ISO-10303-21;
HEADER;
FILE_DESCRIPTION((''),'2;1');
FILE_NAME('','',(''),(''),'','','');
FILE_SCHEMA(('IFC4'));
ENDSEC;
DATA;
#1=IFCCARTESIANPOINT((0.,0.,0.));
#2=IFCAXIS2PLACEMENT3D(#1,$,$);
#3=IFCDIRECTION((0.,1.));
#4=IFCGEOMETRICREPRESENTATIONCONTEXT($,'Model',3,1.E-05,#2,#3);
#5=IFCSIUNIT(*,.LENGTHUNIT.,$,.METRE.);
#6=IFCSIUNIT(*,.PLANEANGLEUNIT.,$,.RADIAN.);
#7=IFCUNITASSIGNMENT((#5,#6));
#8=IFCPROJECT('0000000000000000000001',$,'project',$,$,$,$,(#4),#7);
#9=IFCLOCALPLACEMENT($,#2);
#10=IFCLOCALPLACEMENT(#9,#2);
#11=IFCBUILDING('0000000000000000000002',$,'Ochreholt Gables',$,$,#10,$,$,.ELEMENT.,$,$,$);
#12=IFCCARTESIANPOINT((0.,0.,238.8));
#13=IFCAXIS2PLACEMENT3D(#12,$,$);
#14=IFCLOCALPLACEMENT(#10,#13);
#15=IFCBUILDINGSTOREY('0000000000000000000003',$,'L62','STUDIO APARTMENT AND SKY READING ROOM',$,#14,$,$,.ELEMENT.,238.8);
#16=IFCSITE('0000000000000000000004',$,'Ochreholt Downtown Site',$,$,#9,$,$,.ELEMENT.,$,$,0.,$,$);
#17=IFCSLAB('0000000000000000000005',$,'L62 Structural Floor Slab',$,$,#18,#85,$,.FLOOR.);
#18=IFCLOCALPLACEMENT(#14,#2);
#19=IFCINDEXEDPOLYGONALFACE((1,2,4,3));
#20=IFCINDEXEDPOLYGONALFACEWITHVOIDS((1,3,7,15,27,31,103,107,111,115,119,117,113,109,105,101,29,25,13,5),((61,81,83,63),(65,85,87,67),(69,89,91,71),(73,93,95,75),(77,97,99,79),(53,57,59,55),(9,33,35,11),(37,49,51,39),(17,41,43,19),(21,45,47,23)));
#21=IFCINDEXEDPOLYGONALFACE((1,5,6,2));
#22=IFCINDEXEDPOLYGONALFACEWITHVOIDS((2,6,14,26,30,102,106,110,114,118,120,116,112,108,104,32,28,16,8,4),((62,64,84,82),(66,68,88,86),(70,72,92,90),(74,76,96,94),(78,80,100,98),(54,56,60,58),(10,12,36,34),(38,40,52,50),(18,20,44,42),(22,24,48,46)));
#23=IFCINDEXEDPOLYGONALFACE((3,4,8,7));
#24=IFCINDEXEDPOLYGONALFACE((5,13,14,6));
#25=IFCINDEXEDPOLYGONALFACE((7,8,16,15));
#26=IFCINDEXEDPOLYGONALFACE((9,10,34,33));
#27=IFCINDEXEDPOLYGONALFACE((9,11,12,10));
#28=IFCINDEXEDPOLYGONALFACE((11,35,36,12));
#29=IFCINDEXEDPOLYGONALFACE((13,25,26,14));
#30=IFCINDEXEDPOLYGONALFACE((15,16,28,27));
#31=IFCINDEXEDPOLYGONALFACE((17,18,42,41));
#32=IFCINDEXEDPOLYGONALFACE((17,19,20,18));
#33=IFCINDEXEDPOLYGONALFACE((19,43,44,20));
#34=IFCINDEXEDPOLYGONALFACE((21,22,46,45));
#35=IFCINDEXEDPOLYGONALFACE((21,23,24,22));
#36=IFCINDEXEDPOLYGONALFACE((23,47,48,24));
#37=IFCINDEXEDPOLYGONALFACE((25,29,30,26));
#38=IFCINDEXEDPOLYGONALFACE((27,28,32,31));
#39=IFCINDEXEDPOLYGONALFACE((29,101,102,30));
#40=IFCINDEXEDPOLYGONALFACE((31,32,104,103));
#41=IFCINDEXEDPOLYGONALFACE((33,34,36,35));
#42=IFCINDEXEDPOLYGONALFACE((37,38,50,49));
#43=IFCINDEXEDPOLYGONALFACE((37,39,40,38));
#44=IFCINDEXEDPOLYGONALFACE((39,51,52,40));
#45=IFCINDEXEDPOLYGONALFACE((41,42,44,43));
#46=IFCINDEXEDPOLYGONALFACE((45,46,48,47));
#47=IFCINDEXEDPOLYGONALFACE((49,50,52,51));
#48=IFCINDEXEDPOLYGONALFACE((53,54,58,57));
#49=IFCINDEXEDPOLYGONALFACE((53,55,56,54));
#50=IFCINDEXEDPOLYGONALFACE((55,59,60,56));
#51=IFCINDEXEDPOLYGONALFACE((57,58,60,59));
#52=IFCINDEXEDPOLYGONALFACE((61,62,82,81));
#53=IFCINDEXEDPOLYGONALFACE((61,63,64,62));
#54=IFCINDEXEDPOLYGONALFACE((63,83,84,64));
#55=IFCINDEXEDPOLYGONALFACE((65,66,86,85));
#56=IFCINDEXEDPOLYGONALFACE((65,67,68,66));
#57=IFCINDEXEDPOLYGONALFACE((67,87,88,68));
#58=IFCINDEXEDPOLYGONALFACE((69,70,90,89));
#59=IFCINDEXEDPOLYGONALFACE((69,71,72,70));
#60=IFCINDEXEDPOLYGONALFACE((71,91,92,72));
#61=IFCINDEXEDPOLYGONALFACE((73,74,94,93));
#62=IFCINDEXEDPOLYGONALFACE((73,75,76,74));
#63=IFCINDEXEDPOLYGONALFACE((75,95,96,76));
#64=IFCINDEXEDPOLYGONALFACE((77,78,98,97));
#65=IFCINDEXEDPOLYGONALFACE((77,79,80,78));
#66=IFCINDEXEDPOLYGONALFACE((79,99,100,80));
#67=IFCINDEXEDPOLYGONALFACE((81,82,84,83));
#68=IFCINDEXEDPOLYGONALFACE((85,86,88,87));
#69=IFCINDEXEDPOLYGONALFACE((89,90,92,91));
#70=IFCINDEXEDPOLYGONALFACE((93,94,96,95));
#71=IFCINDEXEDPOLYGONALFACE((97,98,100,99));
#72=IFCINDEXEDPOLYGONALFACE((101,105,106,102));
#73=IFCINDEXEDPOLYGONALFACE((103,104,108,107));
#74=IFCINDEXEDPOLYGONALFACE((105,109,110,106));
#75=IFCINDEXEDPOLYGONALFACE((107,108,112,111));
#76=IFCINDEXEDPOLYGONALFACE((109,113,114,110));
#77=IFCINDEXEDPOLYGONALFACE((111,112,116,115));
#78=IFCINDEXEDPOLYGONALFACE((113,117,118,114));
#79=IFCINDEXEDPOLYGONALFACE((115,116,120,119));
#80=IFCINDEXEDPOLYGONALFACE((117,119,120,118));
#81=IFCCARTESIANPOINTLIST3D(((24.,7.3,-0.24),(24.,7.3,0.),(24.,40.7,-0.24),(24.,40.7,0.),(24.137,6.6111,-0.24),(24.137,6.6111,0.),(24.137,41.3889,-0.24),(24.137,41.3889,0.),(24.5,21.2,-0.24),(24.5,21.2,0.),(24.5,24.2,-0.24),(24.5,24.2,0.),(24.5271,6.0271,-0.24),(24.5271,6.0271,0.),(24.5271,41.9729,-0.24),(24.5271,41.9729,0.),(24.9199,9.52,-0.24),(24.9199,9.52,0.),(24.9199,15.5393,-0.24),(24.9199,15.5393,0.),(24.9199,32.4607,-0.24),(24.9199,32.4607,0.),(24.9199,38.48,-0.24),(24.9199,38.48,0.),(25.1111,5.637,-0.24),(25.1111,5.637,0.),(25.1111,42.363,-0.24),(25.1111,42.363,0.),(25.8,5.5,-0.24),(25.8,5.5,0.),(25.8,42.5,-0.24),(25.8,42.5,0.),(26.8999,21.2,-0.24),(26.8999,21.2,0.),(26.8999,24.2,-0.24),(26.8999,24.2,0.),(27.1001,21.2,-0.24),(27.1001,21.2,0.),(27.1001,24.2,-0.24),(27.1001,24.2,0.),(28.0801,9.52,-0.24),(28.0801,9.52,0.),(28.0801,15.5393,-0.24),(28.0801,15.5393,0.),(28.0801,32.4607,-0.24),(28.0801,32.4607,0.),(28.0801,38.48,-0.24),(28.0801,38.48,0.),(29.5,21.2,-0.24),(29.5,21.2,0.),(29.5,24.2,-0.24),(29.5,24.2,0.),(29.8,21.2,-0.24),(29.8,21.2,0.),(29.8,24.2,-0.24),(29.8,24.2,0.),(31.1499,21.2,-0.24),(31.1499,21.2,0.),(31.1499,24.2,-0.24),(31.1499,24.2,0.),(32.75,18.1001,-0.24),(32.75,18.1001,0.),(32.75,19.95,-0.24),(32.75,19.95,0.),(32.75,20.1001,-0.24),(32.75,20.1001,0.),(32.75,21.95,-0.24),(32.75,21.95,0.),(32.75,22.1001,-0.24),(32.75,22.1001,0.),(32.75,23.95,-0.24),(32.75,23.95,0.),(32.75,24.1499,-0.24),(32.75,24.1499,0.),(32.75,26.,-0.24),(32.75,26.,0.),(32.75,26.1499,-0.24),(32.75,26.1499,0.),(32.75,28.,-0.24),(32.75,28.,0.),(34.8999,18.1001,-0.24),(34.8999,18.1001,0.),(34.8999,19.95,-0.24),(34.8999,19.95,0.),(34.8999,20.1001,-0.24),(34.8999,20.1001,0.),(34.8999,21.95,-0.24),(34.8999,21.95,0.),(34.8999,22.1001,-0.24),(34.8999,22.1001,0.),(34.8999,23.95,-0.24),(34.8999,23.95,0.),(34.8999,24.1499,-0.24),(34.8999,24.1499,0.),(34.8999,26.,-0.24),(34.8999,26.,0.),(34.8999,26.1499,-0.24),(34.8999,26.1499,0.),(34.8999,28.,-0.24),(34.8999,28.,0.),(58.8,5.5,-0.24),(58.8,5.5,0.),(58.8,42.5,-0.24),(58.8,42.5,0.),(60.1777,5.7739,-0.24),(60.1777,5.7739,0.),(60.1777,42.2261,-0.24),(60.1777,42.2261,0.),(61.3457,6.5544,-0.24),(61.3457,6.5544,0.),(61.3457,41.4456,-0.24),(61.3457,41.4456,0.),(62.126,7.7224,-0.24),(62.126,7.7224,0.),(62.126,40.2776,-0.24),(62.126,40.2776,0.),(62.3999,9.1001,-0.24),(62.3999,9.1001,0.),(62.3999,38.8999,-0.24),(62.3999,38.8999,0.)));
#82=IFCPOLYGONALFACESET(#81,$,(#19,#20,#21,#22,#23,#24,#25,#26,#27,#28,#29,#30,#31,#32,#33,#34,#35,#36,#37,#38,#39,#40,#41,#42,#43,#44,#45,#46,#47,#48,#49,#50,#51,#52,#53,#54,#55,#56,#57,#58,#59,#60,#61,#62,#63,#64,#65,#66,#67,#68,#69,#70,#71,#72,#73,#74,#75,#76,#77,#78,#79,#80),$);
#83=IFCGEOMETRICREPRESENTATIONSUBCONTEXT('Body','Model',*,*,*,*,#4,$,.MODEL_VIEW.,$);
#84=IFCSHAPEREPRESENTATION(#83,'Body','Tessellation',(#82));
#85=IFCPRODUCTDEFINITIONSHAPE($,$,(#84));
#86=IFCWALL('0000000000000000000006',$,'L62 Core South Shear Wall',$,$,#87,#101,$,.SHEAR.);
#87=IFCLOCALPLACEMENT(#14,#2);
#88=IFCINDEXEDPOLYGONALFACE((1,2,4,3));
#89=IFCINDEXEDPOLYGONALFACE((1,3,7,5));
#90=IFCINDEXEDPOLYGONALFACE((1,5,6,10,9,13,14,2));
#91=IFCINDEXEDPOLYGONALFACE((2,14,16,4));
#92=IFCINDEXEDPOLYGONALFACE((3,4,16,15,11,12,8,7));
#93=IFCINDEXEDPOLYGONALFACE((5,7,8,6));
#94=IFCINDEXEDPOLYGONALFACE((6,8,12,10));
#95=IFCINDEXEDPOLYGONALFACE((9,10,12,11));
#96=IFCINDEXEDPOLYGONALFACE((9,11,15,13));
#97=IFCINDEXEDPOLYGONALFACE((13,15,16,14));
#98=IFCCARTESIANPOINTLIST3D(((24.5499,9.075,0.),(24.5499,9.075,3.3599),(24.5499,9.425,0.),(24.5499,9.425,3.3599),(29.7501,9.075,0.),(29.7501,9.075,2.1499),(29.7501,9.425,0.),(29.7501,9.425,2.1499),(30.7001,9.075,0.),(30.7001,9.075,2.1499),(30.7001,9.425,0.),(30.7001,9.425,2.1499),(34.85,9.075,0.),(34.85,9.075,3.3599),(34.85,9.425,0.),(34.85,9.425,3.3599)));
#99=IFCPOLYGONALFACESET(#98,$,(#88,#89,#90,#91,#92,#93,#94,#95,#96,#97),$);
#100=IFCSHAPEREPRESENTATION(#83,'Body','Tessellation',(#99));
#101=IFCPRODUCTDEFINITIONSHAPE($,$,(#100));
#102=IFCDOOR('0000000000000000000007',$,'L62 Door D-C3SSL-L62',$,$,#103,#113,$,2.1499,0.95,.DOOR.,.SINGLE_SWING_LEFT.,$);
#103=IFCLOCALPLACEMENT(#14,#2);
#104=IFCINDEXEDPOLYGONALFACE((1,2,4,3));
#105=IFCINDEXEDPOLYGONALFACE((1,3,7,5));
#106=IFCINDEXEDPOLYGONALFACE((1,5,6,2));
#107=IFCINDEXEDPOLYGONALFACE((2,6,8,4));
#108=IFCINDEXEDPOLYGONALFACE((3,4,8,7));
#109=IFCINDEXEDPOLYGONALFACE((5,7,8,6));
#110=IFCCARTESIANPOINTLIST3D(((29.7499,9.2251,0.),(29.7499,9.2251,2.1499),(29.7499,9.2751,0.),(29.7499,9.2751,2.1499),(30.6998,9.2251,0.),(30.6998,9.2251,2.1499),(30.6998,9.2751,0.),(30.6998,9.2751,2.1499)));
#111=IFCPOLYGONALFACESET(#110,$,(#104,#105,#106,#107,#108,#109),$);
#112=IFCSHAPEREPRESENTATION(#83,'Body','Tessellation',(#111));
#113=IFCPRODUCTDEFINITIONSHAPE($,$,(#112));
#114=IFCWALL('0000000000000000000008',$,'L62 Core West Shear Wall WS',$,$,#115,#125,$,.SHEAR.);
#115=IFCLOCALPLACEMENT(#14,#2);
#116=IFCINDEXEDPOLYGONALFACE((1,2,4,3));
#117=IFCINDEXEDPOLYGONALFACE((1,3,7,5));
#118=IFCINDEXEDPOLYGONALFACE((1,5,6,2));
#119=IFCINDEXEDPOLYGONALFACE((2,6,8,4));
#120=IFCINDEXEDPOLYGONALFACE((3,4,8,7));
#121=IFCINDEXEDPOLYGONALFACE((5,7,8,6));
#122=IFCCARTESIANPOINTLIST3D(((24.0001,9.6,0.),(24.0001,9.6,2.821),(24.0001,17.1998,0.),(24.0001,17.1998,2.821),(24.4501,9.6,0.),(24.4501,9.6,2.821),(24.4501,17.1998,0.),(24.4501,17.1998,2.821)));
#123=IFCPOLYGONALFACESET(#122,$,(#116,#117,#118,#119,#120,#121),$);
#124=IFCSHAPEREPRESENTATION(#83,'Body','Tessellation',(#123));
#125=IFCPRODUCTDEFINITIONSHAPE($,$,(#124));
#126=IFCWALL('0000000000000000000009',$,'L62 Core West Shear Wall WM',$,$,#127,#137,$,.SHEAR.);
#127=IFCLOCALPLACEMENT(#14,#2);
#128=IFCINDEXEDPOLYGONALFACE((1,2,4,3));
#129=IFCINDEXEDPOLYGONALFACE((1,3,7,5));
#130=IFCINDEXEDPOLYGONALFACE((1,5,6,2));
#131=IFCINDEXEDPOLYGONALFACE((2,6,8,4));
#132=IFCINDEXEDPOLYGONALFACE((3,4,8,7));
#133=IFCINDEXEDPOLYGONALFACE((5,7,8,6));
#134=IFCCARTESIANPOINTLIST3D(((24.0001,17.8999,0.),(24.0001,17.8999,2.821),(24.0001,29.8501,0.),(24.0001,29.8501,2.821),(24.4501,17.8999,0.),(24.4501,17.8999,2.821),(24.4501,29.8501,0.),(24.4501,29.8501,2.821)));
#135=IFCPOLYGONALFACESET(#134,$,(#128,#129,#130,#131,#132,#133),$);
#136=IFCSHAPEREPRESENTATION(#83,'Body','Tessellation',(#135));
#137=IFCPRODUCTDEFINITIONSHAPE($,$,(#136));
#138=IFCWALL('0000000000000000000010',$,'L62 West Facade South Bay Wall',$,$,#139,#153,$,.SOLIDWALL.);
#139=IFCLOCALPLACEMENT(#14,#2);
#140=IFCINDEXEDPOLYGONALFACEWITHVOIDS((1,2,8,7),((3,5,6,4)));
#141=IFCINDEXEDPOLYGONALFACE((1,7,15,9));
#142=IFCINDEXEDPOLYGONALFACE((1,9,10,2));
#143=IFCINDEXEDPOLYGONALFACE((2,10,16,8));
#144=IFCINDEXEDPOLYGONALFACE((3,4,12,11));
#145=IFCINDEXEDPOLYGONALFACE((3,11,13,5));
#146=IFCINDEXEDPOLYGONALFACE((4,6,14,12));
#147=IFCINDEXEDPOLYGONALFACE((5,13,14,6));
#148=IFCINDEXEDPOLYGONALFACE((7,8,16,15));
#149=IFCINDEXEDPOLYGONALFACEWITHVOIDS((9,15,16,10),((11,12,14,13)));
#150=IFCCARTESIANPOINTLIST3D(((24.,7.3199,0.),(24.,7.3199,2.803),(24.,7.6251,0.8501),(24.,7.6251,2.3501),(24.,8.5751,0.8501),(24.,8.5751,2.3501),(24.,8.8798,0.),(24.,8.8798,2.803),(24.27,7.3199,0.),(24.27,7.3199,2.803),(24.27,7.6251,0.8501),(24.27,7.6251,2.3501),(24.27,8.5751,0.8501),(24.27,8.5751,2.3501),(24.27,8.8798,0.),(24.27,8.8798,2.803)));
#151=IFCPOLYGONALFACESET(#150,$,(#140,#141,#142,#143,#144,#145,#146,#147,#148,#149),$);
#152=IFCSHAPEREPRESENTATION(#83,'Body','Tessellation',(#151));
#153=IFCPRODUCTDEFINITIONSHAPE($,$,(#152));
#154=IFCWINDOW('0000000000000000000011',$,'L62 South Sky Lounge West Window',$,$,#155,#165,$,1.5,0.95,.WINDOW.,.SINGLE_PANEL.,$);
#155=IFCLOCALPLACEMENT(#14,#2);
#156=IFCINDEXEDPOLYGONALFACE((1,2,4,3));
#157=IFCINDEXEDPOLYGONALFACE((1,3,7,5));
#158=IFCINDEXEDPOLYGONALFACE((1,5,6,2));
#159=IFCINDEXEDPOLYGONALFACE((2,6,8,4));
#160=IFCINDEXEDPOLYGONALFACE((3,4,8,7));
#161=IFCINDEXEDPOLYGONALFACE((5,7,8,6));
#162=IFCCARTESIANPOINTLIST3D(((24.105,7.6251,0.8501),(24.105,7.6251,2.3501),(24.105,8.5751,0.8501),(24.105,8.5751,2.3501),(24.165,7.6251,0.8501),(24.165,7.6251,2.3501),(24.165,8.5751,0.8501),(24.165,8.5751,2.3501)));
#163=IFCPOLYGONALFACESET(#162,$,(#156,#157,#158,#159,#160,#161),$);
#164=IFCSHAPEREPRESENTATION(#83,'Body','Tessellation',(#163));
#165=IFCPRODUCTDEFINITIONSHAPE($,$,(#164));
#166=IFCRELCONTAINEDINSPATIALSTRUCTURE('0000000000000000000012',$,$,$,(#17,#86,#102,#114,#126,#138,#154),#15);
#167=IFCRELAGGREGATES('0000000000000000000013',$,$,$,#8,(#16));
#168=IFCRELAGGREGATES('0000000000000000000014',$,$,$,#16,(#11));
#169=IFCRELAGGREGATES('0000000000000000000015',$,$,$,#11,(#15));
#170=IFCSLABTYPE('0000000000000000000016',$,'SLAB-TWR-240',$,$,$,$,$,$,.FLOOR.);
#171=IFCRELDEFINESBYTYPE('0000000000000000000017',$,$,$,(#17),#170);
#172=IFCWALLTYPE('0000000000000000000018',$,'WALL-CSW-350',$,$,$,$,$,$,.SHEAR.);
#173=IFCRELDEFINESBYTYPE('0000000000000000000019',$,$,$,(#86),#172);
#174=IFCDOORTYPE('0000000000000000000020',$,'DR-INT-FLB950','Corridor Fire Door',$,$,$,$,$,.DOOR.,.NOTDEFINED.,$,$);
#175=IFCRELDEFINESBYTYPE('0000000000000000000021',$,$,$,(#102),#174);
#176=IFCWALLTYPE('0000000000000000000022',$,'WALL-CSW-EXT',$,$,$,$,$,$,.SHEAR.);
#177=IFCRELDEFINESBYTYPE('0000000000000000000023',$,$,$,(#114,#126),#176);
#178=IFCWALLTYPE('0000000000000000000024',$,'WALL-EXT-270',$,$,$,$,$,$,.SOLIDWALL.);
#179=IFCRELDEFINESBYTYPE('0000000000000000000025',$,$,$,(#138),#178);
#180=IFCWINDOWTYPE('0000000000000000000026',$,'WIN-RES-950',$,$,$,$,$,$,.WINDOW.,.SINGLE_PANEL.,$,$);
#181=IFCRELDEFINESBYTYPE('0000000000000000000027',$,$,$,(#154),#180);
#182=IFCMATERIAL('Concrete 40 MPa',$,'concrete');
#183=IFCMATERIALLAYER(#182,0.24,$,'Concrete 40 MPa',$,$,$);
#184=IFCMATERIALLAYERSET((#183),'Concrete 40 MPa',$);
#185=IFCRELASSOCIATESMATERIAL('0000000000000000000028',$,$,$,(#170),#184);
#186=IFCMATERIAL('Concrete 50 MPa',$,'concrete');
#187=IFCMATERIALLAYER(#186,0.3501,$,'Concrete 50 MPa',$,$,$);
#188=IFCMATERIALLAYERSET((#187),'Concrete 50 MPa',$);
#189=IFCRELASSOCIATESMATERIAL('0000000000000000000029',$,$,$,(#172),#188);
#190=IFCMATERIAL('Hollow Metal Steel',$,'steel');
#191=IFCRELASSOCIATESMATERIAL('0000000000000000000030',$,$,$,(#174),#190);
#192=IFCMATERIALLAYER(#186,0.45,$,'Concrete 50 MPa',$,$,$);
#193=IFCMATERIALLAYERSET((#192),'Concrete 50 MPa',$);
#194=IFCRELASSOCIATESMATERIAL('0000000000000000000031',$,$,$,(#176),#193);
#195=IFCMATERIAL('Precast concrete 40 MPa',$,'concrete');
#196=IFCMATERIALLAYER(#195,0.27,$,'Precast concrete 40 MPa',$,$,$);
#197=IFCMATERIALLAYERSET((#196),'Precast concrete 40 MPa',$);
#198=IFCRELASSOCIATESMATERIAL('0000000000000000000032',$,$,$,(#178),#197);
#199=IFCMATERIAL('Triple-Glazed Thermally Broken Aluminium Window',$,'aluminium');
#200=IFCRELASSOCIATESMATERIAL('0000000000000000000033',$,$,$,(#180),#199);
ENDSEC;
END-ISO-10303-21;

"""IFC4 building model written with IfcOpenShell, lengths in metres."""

from ifc_helpers import new_model, si_unit, direction, frame, frame_2d, origin, place, context, subcontext, project, spatial, polyline, rectangle, outline, extrude, material, layer, layer_set, type_object, element, fill, save


model = new_model("IFC4")

# Units and contexts
model_context = context("Model", 3, precision=1e-05, world=origin(), true_north=direction((0.0, 1.0)))
body_context = subcontext(model_context, "Body", "Model", "MODEL_VIEW")
ifc_project = project(units=[si_unit("LENGTHUNIT", "METRE"), si_unit("PLANEANGLEUNIT", "RADIAN")], contexts=[model_context])

# Site, building, storey
site_placement = place(None, origin())
site = spatial("IfcSite", under=ifc_project, at=site_placement, Name="Ochreholt Downtown Site", CompositionType="ELEMENT", RefElevation=0.0)
building_placement = place(site_placement, origin())
building = spatial("IfcBuilding", under=site, at=building_placement, Name="Ochreholt Gables", CompositionType="ELEMENT")
storey_placement = place(building_placement, frame((0.0, 0.0, 238.8)))
storey = spatial("IfcBuildingStorey", under=building, at=storey_placement, Name="L62", Description="STUDIO APARTMENT AND SKY READING ROOM", CompositionType="ELEMENT", Elevation=238.8)

# Shared definitions
ifc_material_1 = material(Name="Concrete 50 MPa", Category="concrete")

# Shared definitions
ifc_material_2 = material(Name="Concrete 40 MPa", Category="concrete")

# Slab
ifc_layer_1 = layer(ifc_material_2, 0.24, Name="Concrete 40 MPa")
ifc_layer_set_1 = layer_set([ifc_layer_1], Name="Concrete 40 MPa")
slab_type_1 = type_object("IfcSlabType", Name="SLAB-TWR-240", PredefinedType="FLOOR", material=ifc_layer_set_1)
slab_1_placement = place(storey_placement, frame((0.0, 0.0, -0.24)))
element("IfcSlab", 1, at=slab_1_placement, inside=storey, type_object=slab_type_1, Name="L62 Structural Floor Slab", PredefinedType="FLOOR", context=body_context, shape_type="SweptSolid", body=[
    extrude(outline(polyline([(24.0, 7.3), (24.137, 6.6111), (24.5271, 6.0271), (25.1111, 5.637), (25.8, 5.5), (58.8, 5.5), (60.1777, 5.7739), (61.3457, 6.5544), (62.126, 7.7224), (62.3999, 9.1001), (62.3999, 38.8999), (62.126, 40.2776), (61.3457, 41.4456), (60.1777, 42.2261), (58.8, 42.5), (25.8, 42.5), (25.1111, 42.363), (24.5271, 41.9729), (24.137, 41.3889), (24.0, 40.7), (24.0, 7.3)]), holes=[polyline([(24.9199, 15.5393), (24.9199, 9.52), (28.0801, 9.52), (28.0801, 15.5393), (24.9199, 15.5393)]), polyline([(28.0801, 32.4607), (28.0801, 38.48), (24.9199, 38.48), (24.9199, 32.4607), (28.0801, 32.4607)]), polyline([(24.5, 21.2), (26.8999, 21.2), (26.8999, 24.2), (24.5, 24.2), (24.5, 21.2)]), polyline([(27.1001, 21.2), (29.5, 21.2), (29.5, 24.2), (27.1001, 24.2), (27.1001, 21.2)]), polyline([(32.75, 18.1001), (34.8999, 18.1001), (34.8999, 19.95), (32.75, 19.95), (32.75, 18.1001)]), polyline([(32.75, 20.1001), (34.8999, 20.1001), (34.8999, 21.95), (32.75, 21.95), (32.75, 20.1001)]), polyline([(32.75, 22.1001), (34.8999, 22.1001), (34.8999, 23.95), (32.75, 23.95), (32.75, 22.1001)]), polyline([(32.75, 24.1499), (34.8999, 24.1499), (34.8999, 26.0), (32.75, 26.0), (32.75, 24.1499)]), polyline([(32.75, 26.1499), (34.8999, 26.1499), (34.8999, 28.0), (32.75, 28.0), (32.75, 26.1499)]), polyline([(29.8, 21.2), (31.1499, 21.2), (31.1499, 24.2), (29.8, 24.2), (29.8, 21.2)])]), origin(), (0.0, 0.0, 1.0), 0.24),
])

# Wall, opening, door
ifc_layer_2 = layer(ifc_material_1, 0.3501, Name="Concrete 50 MPa")
ifc_layer_set_2 = layer_set([ifc_layer_2], Name="Concrete 50 MPa")
wall_type_1 = type_object("IfcWallType", Name="WALL-CSW-350", PredefinedType="SHEAR", material=ifc_layer_set_2)
wall_1_placement = place(storey_placement, frame((24.55, 9.25, 0.0), z_axis=(0.0, 0.0, 1.0), x_axis=(1.0, 0.0, 0.0)))
wall_1 = element("IfcWall", 2, at=wall_1_placement, inside=storey, type_object=wall_type_1, Name="L62 Core South Shear Wall", PredefinedType="SHEAR", context=body_context, shape_type="SweptSolid", body=[
    extrude(rectangle(XDim=10.3, YDim=0.3501, at=frame_2d((5.1499, 0.0))), origin(), (0.0, 0.0, 1.0), 3.3599),
])
opening_1_placement = place(wall_1_placement, frame((5.2, 0.0, 0.0)))
opening_1 = element("IfcOpeningElement", 3, at=opening_1_placement, cuts=wall_1, PredefinedType="OPENING", context=body_context, shape_type="SweptSolid", body=[
    extrude(rectangle(XDim=0.95, YDim=2.1499, at=frame_2d((0.4751, 1.075))), frame((0.0, 0.1851, 0.0), z_axis=(0.0, -1.0, 0.0), x_axis=(1.0, 0.0, 0.0)), (0.0, 0.0, 1.0), 0.3701),
])
ifc_material_3 = material(Name="Hollow Metal Steel", Category="steel")
door_type_1 = type_object("IfcDoorType", Name="DR-INT-FLB950", Description="Corridor Fire Door", OperationType="NOTDEFINED", PredefinedType="DOOR", material=ifc_material_3)
door_1_placement = place(opening_1_placement, frame((0.95, 0.0, 0.0), z_axis=(0.0, 0.0, 1.0), x_axis=(-1.0, 0.0, 0.0)))
door_1 = element("IfcDoor", 4, at=door_1_placement, inside=storey, type_object=door_type_1, Name="L62 Door D-C3SSL-L62", OperationType="SINGLE_SWING_LEFT", OverallHeight=2.1499, OverallWidth=0.95, PredefinedType="DOOR", context=body_context, shape_type="SweptSolid", body=[
    extrude(rectangle(XDim=0.95, YDim=2.1499, at=frame_2d((0.4751, 1.075))), frame((0.0, 0.0249, 0.0), z_axis=(0.0, -1.0, 0.0), x_axis=(1.0, 0.0, 0.0)), (0.0, 0.0, 1.0), 0.05),
])
fill(opening_1, door_1)

# Walls
ifc_layer_3 = layer(ifc_material_1, 0.45, Name="Concrete 50 MPa")
ifc_layer_set_3 = layer_set([ifc_layer_3], Name="Concrete 50 MPa")
wall_type_2 = type_object("IfcWallType", Name="WALL-CSW-EXT", PredefinedType="SHEAR", material=ifc_layer_set_3)
wall_2_placement = place(storey_placement, frame((24.2251, 9.6001, 0.0), z_axis=(0.0, 0.0, 1.0), x_axis=(0.0, 1.0, 0.0)))
element("IfcWall", 5, at=wall_2_placement, inside=storey, type_object=wall_type_2, Name="L62 Core West Shear Wall WS", PredefinedType="SHEAR", context=body_context, shape_type="SweptSolid", body=[
    extrude(rectangle(XDim=7.5999, YDim=0.45, at=frame_2d((3.7998, 0.0))), origin(), (0.0, 0.0, 1.0), 2.821),
])
wall_3_placement = place(storey_placement, frame((24.2251, 17.8999, 0.0), z_axis=(0.0, 0.0, 1.0), x_axis=(0.0, 1.0, 0.0)))
element("IfcWall", 6, at=wall_3_placement, inside=storey, type_object=wall_type_2, Name="L62 Core West Shear Wall WM", PredefinedType="SHEAR", context=body_context, shape_type="SweptSolid", body=[
    extrude(rectangle(XDim=11.9502, YDim=0.45, at=frame_2d((5.9751, 0.0))), origin(), (0.0, 0.0, 1.0), 2.821),
])

# Wall, opening, window
ifc_material_4 = material(Name="Precast concrete 40 MPa", Category="concrete")
ifc_layer_4 = layer(ifc_material_4, 0.27, Name="Precast concrete 40 MPa")
ifc_layer_set_4 = layer_set([ifc_layer_4], Name="Precast concrete 40 MPa")
wall_type_3 = type_object("IfcWallType", Name="WALL-EXT-270", PredefinedType="SOLIDWALL", material=ifc_layer_set_4)
wall_4_placement = place(storey_placement, frame((24.135, 7.3201, 0.0), z_axis=(0.0, 0.0, 1.0), x_axis=(0.0, 1.0, 0.0)))
wall_4 = element("IfcWall", 7, at=wall_4_placement, inside=storey, type_object=wall_type_3, Name="L62 West Facade South Bay Wall", PredefinedType="SOLIDWALL", context=body_context, shape_type="SweptSolid", body=[
    extrude(rectangle(XDim=1.5598, YDim=0.27, at=frame_2d((0.7798, 0.0))), origin(), (0.0, 0.0, 1.0), 2.803),
])
opening_2_placement = place(wall_4_placement, frame((0.3049, 0.0, 0.8501)))
opening_2 = element("IfcOpeningElement", 8, at=opening_2_placement, cuts=wall_4, PredefinedType="OPENING", context=body_context, shape_type="SweptSolid", body=[
    extrude(rectangle(XDim=0.95, YDim=1.5, at=frame_2d((0.4751, 0.75))), frame((0.0, 0.145, 0.0), z_axis=(0.0, -1.0, 0.0), x_axis=(1.0, 0.0, 0.0)), (0.0, 0.0, 1.0), 0.29),
])
ifc_material_5 = material(Name="Triple-Glazed Thermally Broken Aluminium Window", Category="aluminium")
window_type = type_object("IfcWindowType", Name="WIN-RES-950", PartitioningType="SINGLE_PANEL", PredefinedType="WINDOW", material=ifc_material_5)
window_placement = place(opening_2_placement, origin())
window = element("IfcWindow", 9, at=window_placement, inside=storey, type_object=window_type, Name="L62 South Sky Lounge West Window", OverallHeight=1.5, OverallWidth=0.95, PartitioningType="SINGLE_PANEL", PredefinedType="WINDOW", context=body_context, shape_type="SweptSolid", body=[
    extrude(rectangle(XDim=0.95, YDim=1.5, at=frame_2d((0.4751, 0.75))), frame((0.0, 0.03, 0.0), z_axis=(0.0, -1.0, 0.0), x_axis=(1.0, 0.0, 0.0)), (0.0, 0.0, 1.0), 0.0601),
])
fill(opening_2, window)

save(model, "model.ifc")
